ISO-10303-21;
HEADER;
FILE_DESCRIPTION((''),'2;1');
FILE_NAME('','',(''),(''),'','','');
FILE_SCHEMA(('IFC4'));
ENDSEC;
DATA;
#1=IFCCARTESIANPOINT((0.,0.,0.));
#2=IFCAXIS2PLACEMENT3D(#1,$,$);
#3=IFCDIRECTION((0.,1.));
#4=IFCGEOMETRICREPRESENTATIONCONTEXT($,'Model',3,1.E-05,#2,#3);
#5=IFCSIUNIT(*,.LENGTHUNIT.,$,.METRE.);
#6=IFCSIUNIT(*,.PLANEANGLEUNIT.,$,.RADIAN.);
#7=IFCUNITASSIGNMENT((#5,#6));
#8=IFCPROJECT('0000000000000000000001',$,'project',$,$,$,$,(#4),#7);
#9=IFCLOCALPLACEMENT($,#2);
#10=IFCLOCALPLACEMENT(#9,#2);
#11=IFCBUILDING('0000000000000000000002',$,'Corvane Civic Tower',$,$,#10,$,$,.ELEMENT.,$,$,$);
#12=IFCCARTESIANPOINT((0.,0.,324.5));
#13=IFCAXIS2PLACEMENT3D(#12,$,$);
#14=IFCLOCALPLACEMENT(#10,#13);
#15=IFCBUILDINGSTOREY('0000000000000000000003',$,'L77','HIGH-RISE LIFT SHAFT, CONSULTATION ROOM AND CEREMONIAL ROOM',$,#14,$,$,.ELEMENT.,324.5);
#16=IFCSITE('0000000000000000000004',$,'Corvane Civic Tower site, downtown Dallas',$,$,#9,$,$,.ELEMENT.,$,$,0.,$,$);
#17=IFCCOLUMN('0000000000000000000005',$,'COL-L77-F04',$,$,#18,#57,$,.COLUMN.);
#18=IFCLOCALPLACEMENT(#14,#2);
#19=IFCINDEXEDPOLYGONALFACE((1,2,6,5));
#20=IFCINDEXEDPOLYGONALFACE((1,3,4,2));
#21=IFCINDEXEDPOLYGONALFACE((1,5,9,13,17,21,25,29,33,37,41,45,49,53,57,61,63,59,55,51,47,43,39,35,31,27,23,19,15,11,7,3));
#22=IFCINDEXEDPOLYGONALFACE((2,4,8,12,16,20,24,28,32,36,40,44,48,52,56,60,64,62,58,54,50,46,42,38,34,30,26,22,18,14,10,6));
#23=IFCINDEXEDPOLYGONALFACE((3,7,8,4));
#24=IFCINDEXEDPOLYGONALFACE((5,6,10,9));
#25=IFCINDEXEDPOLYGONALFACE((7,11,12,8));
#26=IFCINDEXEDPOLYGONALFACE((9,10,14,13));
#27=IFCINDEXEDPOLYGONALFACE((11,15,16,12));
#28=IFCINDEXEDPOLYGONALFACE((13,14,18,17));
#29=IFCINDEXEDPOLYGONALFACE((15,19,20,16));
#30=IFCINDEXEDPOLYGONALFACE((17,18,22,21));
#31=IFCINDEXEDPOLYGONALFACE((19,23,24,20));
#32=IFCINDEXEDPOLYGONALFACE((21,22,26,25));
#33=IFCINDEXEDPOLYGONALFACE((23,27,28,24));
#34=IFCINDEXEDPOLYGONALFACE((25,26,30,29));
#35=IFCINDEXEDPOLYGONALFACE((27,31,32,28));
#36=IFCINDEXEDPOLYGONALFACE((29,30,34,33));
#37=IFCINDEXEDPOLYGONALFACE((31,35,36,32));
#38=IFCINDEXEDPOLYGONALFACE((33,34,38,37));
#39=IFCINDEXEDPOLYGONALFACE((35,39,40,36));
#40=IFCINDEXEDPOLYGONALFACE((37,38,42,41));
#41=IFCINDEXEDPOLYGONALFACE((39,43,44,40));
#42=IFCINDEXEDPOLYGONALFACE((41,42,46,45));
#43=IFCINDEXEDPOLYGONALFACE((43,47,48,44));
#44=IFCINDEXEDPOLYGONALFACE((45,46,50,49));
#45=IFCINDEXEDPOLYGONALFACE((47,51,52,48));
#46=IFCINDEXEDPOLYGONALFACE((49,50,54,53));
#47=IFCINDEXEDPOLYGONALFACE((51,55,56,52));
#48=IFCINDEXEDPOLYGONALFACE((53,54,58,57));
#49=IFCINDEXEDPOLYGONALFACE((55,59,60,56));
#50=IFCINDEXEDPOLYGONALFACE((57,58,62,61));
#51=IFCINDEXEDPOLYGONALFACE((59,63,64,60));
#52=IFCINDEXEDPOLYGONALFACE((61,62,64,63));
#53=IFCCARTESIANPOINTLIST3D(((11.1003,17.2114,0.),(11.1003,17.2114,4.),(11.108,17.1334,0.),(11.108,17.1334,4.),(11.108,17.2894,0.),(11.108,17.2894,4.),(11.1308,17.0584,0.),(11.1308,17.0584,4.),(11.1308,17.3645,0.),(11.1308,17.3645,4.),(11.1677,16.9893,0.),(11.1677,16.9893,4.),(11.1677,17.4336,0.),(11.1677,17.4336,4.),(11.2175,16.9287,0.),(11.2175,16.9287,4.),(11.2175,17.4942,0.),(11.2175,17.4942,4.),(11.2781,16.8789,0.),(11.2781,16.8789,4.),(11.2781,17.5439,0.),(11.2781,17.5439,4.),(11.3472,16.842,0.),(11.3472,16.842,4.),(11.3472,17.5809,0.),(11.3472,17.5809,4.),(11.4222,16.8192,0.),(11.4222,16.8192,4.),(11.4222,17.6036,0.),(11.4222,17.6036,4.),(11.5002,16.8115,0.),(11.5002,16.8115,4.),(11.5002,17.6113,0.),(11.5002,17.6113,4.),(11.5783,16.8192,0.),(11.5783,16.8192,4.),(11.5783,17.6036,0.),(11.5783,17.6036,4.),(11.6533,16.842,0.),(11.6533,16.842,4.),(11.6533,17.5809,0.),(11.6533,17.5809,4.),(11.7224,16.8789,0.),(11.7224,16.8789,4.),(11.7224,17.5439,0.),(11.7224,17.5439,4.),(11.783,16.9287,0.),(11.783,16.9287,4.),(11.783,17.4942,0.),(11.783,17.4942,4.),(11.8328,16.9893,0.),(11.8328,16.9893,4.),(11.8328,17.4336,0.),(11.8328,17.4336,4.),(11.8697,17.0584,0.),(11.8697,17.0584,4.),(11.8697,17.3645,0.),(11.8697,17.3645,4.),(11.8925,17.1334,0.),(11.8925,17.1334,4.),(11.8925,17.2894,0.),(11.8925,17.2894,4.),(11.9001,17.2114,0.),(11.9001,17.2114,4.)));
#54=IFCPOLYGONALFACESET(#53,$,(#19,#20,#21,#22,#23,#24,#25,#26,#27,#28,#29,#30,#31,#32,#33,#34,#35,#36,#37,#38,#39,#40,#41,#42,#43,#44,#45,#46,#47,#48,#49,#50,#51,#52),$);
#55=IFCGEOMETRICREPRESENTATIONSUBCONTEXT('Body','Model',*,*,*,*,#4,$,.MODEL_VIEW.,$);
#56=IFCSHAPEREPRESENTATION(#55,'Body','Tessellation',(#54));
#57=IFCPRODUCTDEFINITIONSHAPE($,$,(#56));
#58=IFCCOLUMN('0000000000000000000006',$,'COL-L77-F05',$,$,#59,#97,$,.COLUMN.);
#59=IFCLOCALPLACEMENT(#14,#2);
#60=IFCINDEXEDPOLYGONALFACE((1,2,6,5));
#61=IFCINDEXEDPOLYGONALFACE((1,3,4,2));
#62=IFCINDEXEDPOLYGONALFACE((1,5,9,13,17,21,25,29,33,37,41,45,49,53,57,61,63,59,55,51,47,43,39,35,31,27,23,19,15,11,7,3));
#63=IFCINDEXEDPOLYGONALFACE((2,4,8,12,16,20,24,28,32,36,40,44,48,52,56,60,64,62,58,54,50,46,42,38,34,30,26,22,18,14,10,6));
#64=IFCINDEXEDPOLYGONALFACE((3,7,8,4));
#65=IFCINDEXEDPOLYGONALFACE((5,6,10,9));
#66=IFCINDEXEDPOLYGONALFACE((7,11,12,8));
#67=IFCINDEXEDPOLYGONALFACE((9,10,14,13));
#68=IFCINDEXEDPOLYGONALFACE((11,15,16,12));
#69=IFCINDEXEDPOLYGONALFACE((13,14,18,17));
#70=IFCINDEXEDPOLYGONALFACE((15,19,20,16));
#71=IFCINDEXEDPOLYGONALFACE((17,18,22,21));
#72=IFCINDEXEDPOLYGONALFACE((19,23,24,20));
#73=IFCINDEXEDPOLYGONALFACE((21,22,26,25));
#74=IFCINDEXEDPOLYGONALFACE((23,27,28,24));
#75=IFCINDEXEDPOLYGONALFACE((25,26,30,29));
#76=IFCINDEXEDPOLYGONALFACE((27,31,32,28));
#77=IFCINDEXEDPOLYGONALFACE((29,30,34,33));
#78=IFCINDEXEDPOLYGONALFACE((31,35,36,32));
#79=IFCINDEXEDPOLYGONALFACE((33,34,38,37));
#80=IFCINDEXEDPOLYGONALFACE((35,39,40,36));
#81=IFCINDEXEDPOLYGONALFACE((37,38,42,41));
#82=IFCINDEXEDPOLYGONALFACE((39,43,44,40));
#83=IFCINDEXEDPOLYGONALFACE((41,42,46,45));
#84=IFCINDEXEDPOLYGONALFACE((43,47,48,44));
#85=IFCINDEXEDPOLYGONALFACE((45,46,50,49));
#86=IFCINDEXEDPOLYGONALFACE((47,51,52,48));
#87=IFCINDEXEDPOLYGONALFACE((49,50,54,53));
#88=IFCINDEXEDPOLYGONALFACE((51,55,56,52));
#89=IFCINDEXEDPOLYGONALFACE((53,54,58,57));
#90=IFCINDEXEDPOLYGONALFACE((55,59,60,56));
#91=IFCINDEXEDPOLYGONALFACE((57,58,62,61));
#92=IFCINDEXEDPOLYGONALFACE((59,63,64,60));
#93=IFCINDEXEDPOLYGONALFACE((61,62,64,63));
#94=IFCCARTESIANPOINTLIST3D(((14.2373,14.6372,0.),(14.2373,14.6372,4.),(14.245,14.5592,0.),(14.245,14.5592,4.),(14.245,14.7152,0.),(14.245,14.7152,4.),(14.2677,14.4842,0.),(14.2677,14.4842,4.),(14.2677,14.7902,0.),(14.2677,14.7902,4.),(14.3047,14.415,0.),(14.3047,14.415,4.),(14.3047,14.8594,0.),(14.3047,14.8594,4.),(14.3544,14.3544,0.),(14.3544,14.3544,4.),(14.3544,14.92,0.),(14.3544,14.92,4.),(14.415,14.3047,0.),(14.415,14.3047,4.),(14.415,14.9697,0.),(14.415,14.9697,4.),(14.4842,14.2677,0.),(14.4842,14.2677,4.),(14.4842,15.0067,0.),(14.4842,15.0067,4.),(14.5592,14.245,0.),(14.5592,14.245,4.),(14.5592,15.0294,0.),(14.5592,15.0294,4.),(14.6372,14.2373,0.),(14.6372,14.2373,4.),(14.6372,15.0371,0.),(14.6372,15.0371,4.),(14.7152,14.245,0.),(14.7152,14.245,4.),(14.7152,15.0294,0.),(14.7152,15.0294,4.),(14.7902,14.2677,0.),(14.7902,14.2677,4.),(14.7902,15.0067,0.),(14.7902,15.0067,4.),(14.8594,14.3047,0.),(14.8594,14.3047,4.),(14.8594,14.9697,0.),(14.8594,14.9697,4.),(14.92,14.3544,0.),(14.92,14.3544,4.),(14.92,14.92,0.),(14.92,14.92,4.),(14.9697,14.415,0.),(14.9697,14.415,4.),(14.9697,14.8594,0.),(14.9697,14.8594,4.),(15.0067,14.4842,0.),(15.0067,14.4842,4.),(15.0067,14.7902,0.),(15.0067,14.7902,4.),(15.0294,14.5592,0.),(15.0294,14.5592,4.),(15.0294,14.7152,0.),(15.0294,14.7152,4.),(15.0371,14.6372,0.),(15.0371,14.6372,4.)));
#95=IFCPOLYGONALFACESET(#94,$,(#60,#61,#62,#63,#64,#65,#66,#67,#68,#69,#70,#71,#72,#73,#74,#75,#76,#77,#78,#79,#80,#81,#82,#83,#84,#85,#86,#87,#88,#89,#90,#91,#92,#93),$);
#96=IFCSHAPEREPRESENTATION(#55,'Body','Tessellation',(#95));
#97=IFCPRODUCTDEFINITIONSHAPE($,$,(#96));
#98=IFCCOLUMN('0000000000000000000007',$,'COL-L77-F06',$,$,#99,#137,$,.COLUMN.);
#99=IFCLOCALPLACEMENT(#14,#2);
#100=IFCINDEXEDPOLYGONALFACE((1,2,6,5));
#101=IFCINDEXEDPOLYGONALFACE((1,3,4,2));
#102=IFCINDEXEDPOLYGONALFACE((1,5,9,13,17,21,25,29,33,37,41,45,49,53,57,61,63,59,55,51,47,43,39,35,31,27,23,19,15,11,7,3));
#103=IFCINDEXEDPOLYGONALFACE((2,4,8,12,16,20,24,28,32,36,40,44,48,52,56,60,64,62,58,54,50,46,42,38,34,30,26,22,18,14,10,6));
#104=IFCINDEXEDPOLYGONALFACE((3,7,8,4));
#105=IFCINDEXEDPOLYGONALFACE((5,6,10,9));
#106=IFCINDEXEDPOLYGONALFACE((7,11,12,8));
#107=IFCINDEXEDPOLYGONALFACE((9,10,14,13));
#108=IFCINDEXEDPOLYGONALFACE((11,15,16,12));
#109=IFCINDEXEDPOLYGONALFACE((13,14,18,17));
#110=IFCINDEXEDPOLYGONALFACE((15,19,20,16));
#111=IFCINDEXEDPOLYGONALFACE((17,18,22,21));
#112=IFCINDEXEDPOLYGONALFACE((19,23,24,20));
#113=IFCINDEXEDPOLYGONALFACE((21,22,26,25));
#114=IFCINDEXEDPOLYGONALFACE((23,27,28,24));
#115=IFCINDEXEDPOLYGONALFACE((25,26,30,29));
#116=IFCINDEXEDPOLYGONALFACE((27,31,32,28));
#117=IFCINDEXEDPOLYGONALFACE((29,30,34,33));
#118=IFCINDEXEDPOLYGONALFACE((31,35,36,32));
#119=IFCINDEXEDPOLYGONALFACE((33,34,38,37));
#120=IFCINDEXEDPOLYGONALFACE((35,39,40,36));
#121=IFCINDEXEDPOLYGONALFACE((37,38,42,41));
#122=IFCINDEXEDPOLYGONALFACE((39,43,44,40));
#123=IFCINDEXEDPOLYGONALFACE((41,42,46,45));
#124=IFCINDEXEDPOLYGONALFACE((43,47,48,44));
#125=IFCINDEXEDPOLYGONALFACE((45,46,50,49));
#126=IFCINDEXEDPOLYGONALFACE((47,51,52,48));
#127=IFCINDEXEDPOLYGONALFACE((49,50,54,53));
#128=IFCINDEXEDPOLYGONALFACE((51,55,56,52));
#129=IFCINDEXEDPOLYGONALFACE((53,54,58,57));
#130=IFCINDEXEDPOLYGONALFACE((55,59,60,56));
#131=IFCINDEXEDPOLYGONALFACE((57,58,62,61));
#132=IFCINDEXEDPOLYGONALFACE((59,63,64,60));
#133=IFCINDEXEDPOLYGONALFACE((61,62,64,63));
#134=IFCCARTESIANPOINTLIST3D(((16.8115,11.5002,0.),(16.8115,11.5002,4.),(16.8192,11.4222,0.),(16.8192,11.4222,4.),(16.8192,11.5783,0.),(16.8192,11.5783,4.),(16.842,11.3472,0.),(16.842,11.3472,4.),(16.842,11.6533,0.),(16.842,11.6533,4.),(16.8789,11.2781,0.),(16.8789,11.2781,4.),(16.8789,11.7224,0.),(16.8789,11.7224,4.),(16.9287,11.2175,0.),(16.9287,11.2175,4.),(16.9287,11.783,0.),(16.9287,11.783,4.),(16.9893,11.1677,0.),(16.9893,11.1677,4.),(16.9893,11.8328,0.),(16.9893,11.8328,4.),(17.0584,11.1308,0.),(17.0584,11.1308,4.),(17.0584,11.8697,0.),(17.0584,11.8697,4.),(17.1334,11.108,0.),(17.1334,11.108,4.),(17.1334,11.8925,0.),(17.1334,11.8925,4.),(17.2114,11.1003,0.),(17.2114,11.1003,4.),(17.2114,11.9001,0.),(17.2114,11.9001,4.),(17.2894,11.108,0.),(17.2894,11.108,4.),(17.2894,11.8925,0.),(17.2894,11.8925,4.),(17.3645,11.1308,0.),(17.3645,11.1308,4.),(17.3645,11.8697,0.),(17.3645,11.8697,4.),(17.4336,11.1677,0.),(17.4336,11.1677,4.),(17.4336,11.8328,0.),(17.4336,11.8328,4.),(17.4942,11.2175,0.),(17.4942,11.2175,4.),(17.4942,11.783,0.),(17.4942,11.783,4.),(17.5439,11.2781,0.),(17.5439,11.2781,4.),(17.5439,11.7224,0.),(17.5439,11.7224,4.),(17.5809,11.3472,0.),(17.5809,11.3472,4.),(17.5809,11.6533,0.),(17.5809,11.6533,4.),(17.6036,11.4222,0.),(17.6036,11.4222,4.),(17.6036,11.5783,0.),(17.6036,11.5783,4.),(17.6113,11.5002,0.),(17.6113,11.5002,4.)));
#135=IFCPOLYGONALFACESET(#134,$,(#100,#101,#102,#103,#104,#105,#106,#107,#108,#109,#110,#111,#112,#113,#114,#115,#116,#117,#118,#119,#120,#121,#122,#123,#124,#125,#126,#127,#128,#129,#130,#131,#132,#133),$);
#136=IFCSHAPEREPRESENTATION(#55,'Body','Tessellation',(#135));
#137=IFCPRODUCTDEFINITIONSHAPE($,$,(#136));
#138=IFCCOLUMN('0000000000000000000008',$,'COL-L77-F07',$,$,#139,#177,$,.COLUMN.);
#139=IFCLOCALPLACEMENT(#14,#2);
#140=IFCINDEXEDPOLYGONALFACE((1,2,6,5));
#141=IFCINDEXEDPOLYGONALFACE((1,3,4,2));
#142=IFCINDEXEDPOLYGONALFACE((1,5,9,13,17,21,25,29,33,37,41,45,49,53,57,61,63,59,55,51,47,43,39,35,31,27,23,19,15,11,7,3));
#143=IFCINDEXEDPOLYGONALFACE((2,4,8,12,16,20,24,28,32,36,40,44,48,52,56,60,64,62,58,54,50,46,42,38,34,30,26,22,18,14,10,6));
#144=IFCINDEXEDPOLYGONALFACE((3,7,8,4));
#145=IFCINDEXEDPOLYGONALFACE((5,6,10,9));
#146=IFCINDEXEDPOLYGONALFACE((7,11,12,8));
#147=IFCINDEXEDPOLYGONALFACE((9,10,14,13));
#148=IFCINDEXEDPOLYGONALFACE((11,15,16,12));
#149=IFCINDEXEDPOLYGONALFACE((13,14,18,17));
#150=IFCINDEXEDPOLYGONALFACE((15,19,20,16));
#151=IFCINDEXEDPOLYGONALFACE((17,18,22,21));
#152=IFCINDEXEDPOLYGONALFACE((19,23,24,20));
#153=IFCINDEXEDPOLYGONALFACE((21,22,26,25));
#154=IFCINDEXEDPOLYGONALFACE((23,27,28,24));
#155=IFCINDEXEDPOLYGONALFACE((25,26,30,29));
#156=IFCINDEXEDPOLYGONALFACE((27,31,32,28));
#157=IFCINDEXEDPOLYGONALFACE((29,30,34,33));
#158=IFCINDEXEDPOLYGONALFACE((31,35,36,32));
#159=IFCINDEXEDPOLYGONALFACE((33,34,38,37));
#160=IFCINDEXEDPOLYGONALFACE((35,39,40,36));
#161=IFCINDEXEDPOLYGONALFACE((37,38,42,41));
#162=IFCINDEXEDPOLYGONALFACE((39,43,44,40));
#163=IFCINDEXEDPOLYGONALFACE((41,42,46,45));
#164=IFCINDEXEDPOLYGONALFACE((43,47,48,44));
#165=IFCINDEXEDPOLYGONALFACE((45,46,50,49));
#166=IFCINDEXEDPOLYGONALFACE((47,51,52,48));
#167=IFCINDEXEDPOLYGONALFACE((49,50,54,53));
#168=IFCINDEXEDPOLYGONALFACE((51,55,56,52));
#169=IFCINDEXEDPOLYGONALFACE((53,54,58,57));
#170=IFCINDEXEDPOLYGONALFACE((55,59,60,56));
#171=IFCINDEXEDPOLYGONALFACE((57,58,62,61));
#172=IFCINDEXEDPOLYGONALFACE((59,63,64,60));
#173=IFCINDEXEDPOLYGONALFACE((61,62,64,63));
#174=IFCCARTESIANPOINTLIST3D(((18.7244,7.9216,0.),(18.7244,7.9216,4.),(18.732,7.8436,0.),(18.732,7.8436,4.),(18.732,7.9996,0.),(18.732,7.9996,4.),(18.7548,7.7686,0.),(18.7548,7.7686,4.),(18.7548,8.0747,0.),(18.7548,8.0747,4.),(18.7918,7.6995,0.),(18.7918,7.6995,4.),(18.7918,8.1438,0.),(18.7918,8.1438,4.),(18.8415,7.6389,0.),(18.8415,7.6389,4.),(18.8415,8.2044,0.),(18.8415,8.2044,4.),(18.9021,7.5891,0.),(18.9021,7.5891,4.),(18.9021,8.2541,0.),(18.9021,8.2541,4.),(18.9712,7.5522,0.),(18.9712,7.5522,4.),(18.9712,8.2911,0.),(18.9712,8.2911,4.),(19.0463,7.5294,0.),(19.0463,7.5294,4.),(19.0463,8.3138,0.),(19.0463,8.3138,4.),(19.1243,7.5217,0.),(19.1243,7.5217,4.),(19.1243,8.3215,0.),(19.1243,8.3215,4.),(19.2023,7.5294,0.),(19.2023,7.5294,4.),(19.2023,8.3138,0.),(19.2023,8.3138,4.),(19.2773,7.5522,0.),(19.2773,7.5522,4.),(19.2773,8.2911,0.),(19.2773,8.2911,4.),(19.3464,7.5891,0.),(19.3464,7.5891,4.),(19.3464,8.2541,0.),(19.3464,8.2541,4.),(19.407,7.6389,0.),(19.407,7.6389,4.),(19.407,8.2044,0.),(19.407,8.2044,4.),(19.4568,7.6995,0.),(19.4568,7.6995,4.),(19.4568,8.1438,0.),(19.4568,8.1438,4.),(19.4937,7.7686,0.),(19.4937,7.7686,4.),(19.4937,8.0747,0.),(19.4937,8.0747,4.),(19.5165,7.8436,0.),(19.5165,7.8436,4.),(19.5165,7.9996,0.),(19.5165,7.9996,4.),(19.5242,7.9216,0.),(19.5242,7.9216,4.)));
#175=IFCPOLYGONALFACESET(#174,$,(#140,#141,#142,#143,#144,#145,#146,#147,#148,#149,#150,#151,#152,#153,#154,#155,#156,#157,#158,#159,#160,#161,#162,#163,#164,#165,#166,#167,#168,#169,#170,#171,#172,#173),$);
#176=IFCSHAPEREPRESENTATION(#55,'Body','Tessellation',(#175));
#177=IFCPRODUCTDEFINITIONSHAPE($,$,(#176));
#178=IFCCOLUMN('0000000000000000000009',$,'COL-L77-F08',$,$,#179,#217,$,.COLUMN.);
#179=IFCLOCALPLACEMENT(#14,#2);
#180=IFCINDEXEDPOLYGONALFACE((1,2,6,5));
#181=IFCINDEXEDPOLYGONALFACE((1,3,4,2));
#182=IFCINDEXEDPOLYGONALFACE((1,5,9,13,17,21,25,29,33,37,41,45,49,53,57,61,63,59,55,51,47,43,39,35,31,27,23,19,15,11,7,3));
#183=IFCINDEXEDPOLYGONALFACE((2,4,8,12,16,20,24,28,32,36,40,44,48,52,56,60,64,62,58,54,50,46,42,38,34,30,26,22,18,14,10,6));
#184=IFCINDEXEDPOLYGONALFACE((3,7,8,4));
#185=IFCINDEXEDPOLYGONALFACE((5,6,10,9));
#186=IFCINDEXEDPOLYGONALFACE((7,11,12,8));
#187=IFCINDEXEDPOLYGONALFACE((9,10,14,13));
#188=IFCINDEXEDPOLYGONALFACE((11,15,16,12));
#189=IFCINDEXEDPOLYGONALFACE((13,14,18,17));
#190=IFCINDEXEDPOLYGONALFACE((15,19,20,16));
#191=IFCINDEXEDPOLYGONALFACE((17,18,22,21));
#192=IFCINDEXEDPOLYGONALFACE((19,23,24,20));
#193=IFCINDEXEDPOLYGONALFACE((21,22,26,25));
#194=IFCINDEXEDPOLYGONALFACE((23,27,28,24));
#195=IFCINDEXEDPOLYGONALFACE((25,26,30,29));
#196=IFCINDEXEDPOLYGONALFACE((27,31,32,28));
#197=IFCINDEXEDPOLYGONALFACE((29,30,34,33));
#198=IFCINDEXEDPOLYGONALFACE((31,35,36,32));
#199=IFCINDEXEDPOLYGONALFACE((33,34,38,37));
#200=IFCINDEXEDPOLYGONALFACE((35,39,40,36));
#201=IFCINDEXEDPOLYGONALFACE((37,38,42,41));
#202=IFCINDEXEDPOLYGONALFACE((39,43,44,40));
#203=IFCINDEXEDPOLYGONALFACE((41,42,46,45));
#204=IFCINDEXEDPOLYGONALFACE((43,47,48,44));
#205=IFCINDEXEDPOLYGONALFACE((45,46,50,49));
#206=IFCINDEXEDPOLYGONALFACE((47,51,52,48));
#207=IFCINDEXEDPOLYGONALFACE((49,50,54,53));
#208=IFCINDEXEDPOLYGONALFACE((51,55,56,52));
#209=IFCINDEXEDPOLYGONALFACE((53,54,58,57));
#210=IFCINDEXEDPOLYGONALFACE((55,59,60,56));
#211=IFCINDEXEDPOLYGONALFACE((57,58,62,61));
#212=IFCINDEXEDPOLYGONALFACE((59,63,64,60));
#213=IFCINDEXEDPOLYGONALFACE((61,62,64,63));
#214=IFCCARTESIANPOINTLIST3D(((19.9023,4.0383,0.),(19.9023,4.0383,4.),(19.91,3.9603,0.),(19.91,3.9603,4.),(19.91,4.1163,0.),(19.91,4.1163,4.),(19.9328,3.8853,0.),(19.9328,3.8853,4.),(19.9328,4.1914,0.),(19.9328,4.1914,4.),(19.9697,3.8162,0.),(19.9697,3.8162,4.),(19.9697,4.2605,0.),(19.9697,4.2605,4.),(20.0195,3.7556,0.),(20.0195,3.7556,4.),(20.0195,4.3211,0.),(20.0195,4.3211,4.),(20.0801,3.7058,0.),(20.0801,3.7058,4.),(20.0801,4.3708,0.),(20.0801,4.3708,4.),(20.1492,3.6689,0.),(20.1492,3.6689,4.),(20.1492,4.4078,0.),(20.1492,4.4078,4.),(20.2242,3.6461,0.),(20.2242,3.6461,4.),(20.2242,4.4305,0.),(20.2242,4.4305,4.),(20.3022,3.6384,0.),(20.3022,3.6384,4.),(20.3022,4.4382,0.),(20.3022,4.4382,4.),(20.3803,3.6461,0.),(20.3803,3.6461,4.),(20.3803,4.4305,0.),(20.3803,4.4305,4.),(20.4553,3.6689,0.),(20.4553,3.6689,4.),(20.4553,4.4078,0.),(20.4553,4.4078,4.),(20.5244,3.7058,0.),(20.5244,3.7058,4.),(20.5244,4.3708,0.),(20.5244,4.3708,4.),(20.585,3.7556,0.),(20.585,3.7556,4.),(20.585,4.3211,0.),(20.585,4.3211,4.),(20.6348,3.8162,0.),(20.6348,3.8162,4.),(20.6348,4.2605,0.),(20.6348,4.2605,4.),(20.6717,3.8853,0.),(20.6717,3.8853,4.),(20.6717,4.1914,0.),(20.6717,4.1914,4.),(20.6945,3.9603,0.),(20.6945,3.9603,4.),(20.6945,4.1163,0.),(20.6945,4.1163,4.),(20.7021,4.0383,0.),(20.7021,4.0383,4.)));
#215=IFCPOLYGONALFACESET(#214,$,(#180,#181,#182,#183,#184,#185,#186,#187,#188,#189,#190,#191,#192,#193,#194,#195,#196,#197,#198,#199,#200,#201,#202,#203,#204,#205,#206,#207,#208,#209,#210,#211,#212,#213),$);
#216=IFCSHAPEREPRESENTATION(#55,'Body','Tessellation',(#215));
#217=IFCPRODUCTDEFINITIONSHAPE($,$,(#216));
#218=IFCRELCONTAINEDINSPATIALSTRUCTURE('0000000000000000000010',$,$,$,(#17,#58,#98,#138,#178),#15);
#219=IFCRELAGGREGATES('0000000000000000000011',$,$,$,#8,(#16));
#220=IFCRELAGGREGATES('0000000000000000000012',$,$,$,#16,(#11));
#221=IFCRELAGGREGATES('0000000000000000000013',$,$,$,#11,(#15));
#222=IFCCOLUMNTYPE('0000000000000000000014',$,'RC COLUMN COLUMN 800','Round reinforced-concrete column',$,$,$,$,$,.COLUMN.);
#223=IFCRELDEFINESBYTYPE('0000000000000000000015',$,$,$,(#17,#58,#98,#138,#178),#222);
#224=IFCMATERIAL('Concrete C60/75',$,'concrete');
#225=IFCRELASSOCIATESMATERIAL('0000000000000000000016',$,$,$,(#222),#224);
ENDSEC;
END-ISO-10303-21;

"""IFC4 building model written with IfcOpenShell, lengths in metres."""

from ifc_helpers import new_model, si_unit, direction, frame, origin, origin_2d, place, context, subcontext, project, spatial, circle, extrude, material, material_profile, profile_set, type_object, element, save


model = new_model("IFC4")

# Units and contexts
model_context = context("Model", 3, precision=1e-05, world=origin(), true_north=direction((0.0, 1.0)))
body_context = subcontext(model_context, "Body", "Model", "MODEL_VIEW")
ifc_project = project(units=[si_unit("LENGTHUNIT", "METRE"), si_unit("PLANEANGLEUNIT", "RADIAN")], contexts=[model_context])

# Site, building, storey
site_placement = place(None, origin())
site = spatial("IfcSite", under=ifc_project, at=site_placement, Name="Corvane Civic Tower site, downtown Dallas", CompositionType="ELEMENT", RefElevation=0.0)
building_placement = place(site_placement, origin())
building = spatial("IfcBuilding", under=site, at=building_placement, Name="Corvane Civic Tower", CompositionType="ELEMENT")
storey_placement = place(building_placement, frame((0.0, 0.0, 324.5)))
storey = spatial("IfcBuildingStorey", under=building, at=storey_placement, Name="L77", Description="HIGH-RISE LIFT SHAFT, CONSULTATION ROOM AND CEREMONIAL ROOM", CompositionType="ELEMENT", Elevation=324.5)

# Columns
ifc_material_1 = material(Name="Concrete C60/75", Category="concrete")
ifc_material_profile_1 = material_profile(ifc_material_1, circle(Radius=0.3999, at=origin_2d()), Name="COLUMN 800")
ifc_profile_set_1 = profile_set([ifc_material_profile_1], Name="Concrete C60/75")
column_type = type_object("IfcColumnType", Name="RC COLUMN COLUMN 800", Description="Round reinforced-concrete column", PredefinedType="COLUMN", material=ifc_profile_set_1)
for number, where, z_axis, x_axis, name in (
    (1, (11.5002, 17.2114, 0.0), (0.0, 0.0, 1.0), (1.0, 0.0, 0.0), "COL-L77-F04"),
    (2, (14.6372, 14.6372, 0.0), (0.0, 0.0, 1.0), (1.0, 0.0, 0.0), "COL-L77-F05"),
    (3, (17.2114, 11.5002, 0.0), (0.0, 0.0, 1.0), (1.0, 0.0, 0.0), "COL-L77-F06"),
    (4, (19.1243, 7.9216, 0.0), (0.0, 0.0, 1.0), (1.0, 0.0, 0.0), "COL-L77-F07"),
    (5, (20.3022, 4.0383, 0.0), (0.0, 0.0, 1.0), (1.0, 0.0, 0.0), "COL-L77-F08"),
):
    element("IfcColumn", number, at=place(storey_placement, frame(where, z_axis=z_axis, x_axis=x_axis)), inside=storey, type_object=column_type, Name=name, PredefinedType="COLUMN", context=body_context, shape_type="SweptSolid", body=[
        extrude(circle(Radius=0.3999, at=origin_2d()), origin(), (0.0, 0.0, 1.0), 4.0),
    ])

save(model, "model.ifc")
